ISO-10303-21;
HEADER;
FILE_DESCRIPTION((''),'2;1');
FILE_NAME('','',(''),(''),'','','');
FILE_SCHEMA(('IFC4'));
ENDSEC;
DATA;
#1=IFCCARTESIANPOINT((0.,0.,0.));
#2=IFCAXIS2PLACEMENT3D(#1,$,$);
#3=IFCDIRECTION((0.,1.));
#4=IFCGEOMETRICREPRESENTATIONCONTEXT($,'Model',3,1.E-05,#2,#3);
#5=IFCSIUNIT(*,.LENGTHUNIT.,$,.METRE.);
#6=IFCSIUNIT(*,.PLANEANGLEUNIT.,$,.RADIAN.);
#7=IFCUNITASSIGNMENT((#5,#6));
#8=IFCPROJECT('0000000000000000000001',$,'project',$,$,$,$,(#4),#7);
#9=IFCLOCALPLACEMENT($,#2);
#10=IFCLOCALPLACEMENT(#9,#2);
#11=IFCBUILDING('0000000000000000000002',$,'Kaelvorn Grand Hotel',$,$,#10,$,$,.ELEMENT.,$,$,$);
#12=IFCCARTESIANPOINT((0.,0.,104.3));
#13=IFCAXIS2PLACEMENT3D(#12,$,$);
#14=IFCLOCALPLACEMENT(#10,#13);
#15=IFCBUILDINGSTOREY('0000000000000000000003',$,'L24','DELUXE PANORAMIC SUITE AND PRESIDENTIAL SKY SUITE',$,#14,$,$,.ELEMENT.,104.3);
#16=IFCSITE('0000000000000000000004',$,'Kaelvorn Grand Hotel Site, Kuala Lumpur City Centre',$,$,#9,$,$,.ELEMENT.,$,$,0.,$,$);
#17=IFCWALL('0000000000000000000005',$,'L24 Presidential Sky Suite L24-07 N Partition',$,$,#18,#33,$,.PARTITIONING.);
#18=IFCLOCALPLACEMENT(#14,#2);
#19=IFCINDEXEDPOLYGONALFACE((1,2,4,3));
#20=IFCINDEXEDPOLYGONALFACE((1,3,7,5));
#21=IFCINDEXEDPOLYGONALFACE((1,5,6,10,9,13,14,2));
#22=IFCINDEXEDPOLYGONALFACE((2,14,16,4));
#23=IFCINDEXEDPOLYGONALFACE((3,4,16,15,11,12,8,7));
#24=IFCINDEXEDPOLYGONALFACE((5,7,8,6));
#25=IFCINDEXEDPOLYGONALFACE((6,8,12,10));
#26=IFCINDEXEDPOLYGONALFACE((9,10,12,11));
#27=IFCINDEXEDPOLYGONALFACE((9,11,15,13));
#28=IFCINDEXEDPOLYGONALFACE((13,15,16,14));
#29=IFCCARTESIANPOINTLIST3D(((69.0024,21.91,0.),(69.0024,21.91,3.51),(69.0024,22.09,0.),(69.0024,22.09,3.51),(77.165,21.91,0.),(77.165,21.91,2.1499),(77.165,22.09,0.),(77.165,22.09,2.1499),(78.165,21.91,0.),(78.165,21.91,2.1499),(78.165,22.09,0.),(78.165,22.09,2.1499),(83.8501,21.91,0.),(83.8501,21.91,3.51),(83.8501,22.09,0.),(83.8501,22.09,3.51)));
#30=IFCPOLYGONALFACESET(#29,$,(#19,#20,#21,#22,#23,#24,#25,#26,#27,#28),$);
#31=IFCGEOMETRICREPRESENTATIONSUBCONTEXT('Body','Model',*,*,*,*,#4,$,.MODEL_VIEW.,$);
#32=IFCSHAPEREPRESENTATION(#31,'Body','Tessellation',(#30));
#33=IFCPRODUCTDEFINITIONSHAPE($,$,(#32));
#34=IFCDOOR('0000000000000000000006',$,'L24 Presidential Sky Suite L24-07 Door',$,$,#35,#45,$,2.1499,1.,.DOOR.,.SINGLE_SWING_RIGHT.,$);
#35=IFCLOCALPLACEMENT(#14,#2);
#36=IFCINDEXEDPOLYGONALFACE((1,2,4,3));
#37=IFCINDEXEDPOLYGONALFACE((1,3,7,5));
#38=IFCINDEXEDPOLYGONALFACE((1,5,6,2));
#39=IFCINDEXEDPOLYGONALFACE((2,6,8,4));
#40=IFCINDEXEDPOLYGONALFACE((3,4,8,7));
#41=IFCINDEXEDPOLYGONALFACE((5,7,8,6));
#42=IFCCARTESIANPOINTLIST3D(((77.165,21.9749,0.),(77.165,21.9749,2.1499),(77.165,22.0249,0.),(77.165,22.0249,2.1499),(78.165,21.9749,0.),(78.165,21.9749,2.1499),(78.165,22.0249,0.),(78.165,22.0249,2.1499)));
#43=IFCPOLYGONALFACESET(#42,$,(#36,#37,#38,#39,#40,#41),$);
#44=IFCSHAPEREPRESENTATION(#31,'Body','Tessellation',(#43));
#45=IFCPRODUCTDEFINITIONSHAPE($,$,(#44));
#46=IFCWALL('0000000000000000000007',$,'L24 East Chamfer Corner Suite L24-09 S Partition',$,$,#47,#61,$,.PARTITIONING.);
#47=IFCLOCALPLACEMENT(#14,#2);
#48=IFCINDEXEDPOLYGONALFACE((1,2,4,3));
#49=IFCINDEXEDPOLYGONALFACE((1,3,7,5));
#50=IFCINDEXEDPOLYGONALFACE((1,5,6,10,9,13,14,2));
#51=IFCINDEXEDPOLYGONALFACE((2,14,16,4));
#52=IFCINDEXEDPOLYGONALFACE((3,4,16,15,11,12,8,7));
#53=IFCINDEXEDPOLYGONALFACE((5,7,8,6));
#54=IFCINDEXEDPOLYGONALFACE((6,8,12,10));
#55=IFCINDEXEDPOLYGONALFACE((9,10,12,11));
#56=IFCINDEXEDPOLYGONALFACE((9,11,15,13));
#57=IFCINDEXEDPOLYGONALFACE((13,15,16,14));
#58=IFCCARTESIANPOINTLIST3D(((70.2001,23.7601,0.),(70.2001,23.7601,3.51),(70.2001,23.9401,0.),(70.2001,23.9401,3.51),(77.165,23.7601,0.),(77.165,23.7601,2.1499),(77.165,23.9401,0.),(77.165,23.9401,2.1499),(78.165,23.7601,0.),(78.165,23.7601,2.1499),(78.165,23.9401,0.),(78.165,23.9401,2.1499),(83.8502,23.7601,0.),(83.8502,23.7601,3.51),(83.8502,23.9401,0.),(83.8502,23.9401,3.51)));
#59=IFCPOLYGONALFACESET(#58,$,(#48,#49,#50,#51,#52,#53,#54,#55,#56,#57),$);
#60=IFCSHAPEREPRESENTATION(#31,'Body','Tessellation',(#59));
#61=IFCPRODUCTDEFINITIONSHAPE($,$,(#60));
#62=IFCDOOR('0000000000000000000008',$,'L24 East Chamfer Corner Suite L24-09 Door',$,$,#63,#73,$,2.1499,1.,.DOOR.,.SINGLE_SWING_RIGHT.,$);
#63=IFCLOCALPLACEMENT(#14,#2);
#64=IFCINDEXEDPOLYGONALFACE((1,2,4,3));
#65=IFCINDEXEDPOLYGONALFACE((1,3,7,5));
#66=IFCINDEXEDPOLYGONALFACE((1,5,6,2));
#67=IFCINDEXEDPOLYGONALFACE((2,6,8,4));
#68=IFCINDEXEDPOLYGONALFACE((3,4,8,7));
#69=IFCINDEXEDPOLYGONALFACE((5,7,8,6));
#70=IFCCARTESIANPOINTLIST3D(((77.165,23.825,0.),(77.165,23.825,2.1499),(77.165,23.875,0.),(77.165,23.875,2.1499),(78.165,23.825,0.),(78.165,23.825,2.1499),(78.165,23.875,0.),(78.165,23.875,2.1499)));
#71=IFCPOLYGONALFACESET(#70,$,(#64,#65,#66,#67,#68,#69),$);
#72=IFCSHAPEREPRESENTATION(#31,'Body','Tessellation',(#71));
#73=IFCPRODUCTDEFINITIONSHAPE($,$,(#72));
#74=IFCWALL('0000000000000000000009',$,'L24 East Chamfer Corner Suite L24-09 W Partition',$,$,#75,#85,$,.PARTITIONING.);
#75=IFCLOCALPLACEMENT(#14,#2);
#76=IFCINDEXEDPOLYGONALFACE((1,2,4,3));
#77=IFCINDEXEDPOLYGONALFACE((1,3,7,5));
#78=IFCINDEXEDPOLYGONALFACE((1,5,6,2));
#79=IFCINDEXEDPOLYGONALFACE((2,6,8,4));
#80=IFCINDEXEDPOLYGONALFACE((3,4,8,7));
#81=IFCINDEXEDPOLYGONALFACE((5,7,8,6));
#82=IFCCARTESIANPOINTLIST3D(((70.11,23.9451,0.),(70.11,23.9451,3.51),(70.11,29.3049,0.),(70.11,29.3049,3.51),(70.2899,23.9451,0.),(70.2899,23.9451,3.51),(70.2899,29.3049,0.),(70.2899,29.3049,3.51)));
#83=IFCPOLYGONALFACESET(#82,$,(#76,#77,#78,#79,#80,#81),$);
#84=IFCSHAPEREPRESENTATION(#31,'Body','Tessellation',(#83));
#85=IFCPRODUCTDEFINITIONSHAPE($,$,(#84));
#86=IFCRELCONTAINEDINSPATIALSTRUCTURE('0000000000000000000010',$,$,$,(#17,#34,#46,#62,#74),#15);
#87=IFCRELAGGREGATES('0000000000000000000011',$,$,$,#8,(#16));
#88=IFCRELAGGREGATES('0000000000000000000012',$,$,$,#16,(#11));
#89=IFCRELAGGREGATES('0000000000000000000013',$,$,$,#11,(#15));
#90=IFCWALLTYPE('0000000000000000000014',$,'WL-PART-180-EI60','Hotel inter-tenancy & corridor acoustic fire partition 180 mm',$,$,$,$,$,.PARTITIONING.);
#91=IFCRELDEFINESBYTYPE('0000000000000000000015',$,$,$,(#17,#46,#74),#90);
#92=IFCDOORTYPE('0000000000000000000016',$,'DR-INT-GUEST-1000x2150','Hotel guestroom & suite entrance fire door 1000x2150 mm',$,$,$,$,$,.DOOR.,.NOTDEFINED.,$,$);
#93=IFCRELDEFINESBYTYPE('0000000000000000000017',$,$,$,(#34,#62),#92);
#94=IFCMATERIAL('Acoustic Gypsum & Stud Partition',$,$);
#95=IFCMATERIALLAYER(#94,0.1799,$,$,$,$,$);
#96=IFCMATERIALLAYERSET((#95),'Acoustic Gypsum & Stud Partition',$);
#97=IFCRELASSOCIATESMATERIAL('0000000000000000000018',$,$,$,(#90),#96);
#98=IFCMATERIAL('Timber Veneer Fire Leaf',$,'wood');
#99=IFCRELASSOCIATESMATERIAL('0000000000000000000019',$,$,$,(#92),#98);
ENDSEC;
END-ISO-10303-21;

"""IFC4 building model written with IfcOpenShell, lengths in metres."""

from ifc_helpers import new_model, si_unit, direction, frame, frame_2d, origin, place, context, subcontext, project, spatial, rectangle, extrude, material, layer, layer_set, type_object, element, fill, save


model = new_model("IFC4")

# Units and contexts
model_context = context("Model", 3, precision=1e-05, world=origin(), true_north=direction((0.0, 1.0)))
body_context = subcontext(model_context, "Body", "Model", "MODEL_VIEW")
ifc_project = project(units=[si_unit("LENGTHUNIT", "METRE"), si_unit("PLANEANGLEUNIT", "RADIAN")], contexts=[model_context])

# Site, building, storey
site_placement = place(None, origin())
site = spatial("IfcSite", under=ifc_project, at=site_placement, Name="Kaelvorn Grand Hotel Site, Kuala Lumpur City Centre", CompositionType="ELEMENT", RefElevation=0.0)
building_placement = place(site_placement, origin())
building = spatial("IfcBuilding", under=site, at=building_placement, Name="Kaelvorn Grand Hotel", CompositionType="ELEMENT")
storey_placement = place(building_placement, frame((0.0, 0.0, 104.3)))
storey = spatial("IfcBuildingStorey", under=building, at=storey_placement, Name="L24", Description="DELUXE PANORAMIC SUITE AND PRESIDENTIAL SKY SUITE", CompositionType="ELEMENT", Elevation=104.3)

# Shared definitions
ifc_material_1 = material(Name="Acoustic Gypsum & Stud Partition")

# Walls, openings, doors
ifc_layer_1 = layer(ifc_material_1, 0.1799)
ifc_layer_set_1 = layer_set([ifc_layer_1], Name="Acoustic Gypsum & Stud Partition")
wall_type_1 = type_object("IfcWallType", Name="WL-PART-180-EI60", Description="Hotel inter-tenancy & corridor acoustic fire partition 180 mm", PredefinedType="PARTITIONING", material=ifc_layer_set_1)
wall_1_placement = place(storey_placement, frame((69.0024, 22.0, 0.0), z_axis=(0.0, 0.0, 1.0), x_axis=(1.0, 0.0, 0.0)))
wall_1 = element("IfcWall", 1, at=wall_1_placement, inside=storey, type_object=wall_type_1, Name="L24 Presidential Sky Suite L24-07 N Partition", PredefinedType="PARTITIONING", context=body_context, shape_type="SweptSolid", body=[
    extrude(rectangle(XDim=14.8477, YDim=0.1799, at=frame_2d((7.4238, 0.0))), origin(), (0.0, 0.0, 1.0), 3.51),
])
opening_1_placement = place(wall_1_placement, frame((8.1626, 0.0, 0.0)))
opening_1 = element("IfcOpeningElement", 2, at=opening_1_placement, cuts=wall_1, PredefinedType="OPENING", context=body_context, shape_type="SweptSolid", body=[
    extrude(rectangle(XDim=1.0, YDim=2.1499, at=frame_2d((0.5, 1.075))), frame((0.0, 0.1001, 0.0), z_axis=(0.0, -1.0, 0.0), x_axis=(1.0, 0.0, 0.0)), (0.0, 0.0, 1.0), 0.2),
])
ifc_material_2 = material(Name="Timber Veneer Fire Leaf", Category="wood")
door_type_1 = type_object("IfcDoorType", Name="DR-INT-GUEST-1000x2150", Description="Hotel guestroom & suite entrance fire door 1000x2150 mm", OperationType="NOTDEFINED", PredefinedType="DOOR", material=ifc_material_2)
door_1_placement = place(opening_1_placement, origin())
door_1 = element("IfcDoor", 3, at=door_1_placement, inside=storey, type_object=door_type_1, Name="L24 Presidential Sky Suite L24-07 Door", OperationType="SINGLE_SWING_RIGHT", OverallHeight=2.1499, OverallWidth=1.0, PredefinedType="DOOR", context=body_context, shape_type="SweptSolid", body=[
    extrude(rectangle(XDim=1.0, YDim=2.1499, at=frame_2d((0.5, 1.075))), frame((0.0, 0.0249, 0.0), z_axis=(0.0, -1.0, 0.0), x_axis=(1.0, 0.0, 0.0)), (0.0, 0.0, 1.0), 0.05),
])
fill(opening_1, door_1)
wall_2_placement = place(storey_placement, frame((70.2, 23.8501, 0.0), z_axis=(0.0, 0.0, 1.0), x_axis=(1.0, 0.0, 0.0)))
wall_2 = element("IfcWall", 4, at=wall_2_placement, inside=storey, type_object=wall_type_1, Name="L24 East Chamfer Corner Suite L24-09 S Partition", PredefinedType="PARTITIONING", context=body_context, shape_type="SweptSolid", body=[
    extrude(rectangle(XDim=13.6501, YDim=0.1799, at=frame_2d((6.8252, 0.0))), origin(), (0.0, 0.0, 1.0), 3.51),
])
opening_2_placement = place(wall_2_placement, frame((6.9651, 0.0, 0.0)))
opening_2 = element("IfcOpeningElement", 5, at=opening_2_placement, cuts=wall_2, PredefinedType="OPENING", context=body_context, shape_type="SweptSolid", body=[
    extrude(rectangle(XDim=1.0, YDim=2.1499, at=frame_2d((0.5, 1.075))), frame((0.0, 0.1001, 0.0), z_axis=(0.0, -1.0, 0.0), x_axis=(1.0, 0.0, 0.0)), (0.0, 0.0, 1.0), 0.2),
])
door_2_placement = place(opening_2_placement, origin())
door_2 = element("IfcDoor", 6, at=door_2_placement, inside=storey, type_object=door_type_1, Name="L24 East Chamfer Corner Suite L24-09 Door", OperationType="SINGLE_SWING_RIGHT", OverallHeight=2.1499, OverallWidth=1.0, PredefinedType="DOOR", context=body_context, shape_type="SweptSolid", body=[
    extrude(rectangle(XDim=1.0, YDim=2.1499, at=frame_2d((0.5, 1.075))), frame((0.0, 0.0249, 0.0), z_axis=(0.0, -1.0, 0.0), x_axis=(1.0, 0.0, 0.0)), (0.0, 0.0, 1.0), 0.05),
])
fill(opening_2, door_2)

# Wall
wall_3_placement = place(storey_placement, frame((70.2, 23.9451, 0.0), z_axis=(0.0, 0.0, 1.0), x_axis=(0.0, 1.0, 0.0)))
element("IfcWall", 7, at=wall_3_placement, inside=storey, type_object=wall_type_1, Name="L24 East Chamfer Corner Suite L24-09 W Partition", PredefinedType="PARTITIONING", context=body_context, shape_type="SweptSolid", body=[
    extrude(rectangle(XDim=5.3599, YDim=0.1799, at=frame_2d((2.6799, 0.0))), origin(), (0.0, 0.0, 1.0), 3.51),
])

save(model, "model.ifc")
